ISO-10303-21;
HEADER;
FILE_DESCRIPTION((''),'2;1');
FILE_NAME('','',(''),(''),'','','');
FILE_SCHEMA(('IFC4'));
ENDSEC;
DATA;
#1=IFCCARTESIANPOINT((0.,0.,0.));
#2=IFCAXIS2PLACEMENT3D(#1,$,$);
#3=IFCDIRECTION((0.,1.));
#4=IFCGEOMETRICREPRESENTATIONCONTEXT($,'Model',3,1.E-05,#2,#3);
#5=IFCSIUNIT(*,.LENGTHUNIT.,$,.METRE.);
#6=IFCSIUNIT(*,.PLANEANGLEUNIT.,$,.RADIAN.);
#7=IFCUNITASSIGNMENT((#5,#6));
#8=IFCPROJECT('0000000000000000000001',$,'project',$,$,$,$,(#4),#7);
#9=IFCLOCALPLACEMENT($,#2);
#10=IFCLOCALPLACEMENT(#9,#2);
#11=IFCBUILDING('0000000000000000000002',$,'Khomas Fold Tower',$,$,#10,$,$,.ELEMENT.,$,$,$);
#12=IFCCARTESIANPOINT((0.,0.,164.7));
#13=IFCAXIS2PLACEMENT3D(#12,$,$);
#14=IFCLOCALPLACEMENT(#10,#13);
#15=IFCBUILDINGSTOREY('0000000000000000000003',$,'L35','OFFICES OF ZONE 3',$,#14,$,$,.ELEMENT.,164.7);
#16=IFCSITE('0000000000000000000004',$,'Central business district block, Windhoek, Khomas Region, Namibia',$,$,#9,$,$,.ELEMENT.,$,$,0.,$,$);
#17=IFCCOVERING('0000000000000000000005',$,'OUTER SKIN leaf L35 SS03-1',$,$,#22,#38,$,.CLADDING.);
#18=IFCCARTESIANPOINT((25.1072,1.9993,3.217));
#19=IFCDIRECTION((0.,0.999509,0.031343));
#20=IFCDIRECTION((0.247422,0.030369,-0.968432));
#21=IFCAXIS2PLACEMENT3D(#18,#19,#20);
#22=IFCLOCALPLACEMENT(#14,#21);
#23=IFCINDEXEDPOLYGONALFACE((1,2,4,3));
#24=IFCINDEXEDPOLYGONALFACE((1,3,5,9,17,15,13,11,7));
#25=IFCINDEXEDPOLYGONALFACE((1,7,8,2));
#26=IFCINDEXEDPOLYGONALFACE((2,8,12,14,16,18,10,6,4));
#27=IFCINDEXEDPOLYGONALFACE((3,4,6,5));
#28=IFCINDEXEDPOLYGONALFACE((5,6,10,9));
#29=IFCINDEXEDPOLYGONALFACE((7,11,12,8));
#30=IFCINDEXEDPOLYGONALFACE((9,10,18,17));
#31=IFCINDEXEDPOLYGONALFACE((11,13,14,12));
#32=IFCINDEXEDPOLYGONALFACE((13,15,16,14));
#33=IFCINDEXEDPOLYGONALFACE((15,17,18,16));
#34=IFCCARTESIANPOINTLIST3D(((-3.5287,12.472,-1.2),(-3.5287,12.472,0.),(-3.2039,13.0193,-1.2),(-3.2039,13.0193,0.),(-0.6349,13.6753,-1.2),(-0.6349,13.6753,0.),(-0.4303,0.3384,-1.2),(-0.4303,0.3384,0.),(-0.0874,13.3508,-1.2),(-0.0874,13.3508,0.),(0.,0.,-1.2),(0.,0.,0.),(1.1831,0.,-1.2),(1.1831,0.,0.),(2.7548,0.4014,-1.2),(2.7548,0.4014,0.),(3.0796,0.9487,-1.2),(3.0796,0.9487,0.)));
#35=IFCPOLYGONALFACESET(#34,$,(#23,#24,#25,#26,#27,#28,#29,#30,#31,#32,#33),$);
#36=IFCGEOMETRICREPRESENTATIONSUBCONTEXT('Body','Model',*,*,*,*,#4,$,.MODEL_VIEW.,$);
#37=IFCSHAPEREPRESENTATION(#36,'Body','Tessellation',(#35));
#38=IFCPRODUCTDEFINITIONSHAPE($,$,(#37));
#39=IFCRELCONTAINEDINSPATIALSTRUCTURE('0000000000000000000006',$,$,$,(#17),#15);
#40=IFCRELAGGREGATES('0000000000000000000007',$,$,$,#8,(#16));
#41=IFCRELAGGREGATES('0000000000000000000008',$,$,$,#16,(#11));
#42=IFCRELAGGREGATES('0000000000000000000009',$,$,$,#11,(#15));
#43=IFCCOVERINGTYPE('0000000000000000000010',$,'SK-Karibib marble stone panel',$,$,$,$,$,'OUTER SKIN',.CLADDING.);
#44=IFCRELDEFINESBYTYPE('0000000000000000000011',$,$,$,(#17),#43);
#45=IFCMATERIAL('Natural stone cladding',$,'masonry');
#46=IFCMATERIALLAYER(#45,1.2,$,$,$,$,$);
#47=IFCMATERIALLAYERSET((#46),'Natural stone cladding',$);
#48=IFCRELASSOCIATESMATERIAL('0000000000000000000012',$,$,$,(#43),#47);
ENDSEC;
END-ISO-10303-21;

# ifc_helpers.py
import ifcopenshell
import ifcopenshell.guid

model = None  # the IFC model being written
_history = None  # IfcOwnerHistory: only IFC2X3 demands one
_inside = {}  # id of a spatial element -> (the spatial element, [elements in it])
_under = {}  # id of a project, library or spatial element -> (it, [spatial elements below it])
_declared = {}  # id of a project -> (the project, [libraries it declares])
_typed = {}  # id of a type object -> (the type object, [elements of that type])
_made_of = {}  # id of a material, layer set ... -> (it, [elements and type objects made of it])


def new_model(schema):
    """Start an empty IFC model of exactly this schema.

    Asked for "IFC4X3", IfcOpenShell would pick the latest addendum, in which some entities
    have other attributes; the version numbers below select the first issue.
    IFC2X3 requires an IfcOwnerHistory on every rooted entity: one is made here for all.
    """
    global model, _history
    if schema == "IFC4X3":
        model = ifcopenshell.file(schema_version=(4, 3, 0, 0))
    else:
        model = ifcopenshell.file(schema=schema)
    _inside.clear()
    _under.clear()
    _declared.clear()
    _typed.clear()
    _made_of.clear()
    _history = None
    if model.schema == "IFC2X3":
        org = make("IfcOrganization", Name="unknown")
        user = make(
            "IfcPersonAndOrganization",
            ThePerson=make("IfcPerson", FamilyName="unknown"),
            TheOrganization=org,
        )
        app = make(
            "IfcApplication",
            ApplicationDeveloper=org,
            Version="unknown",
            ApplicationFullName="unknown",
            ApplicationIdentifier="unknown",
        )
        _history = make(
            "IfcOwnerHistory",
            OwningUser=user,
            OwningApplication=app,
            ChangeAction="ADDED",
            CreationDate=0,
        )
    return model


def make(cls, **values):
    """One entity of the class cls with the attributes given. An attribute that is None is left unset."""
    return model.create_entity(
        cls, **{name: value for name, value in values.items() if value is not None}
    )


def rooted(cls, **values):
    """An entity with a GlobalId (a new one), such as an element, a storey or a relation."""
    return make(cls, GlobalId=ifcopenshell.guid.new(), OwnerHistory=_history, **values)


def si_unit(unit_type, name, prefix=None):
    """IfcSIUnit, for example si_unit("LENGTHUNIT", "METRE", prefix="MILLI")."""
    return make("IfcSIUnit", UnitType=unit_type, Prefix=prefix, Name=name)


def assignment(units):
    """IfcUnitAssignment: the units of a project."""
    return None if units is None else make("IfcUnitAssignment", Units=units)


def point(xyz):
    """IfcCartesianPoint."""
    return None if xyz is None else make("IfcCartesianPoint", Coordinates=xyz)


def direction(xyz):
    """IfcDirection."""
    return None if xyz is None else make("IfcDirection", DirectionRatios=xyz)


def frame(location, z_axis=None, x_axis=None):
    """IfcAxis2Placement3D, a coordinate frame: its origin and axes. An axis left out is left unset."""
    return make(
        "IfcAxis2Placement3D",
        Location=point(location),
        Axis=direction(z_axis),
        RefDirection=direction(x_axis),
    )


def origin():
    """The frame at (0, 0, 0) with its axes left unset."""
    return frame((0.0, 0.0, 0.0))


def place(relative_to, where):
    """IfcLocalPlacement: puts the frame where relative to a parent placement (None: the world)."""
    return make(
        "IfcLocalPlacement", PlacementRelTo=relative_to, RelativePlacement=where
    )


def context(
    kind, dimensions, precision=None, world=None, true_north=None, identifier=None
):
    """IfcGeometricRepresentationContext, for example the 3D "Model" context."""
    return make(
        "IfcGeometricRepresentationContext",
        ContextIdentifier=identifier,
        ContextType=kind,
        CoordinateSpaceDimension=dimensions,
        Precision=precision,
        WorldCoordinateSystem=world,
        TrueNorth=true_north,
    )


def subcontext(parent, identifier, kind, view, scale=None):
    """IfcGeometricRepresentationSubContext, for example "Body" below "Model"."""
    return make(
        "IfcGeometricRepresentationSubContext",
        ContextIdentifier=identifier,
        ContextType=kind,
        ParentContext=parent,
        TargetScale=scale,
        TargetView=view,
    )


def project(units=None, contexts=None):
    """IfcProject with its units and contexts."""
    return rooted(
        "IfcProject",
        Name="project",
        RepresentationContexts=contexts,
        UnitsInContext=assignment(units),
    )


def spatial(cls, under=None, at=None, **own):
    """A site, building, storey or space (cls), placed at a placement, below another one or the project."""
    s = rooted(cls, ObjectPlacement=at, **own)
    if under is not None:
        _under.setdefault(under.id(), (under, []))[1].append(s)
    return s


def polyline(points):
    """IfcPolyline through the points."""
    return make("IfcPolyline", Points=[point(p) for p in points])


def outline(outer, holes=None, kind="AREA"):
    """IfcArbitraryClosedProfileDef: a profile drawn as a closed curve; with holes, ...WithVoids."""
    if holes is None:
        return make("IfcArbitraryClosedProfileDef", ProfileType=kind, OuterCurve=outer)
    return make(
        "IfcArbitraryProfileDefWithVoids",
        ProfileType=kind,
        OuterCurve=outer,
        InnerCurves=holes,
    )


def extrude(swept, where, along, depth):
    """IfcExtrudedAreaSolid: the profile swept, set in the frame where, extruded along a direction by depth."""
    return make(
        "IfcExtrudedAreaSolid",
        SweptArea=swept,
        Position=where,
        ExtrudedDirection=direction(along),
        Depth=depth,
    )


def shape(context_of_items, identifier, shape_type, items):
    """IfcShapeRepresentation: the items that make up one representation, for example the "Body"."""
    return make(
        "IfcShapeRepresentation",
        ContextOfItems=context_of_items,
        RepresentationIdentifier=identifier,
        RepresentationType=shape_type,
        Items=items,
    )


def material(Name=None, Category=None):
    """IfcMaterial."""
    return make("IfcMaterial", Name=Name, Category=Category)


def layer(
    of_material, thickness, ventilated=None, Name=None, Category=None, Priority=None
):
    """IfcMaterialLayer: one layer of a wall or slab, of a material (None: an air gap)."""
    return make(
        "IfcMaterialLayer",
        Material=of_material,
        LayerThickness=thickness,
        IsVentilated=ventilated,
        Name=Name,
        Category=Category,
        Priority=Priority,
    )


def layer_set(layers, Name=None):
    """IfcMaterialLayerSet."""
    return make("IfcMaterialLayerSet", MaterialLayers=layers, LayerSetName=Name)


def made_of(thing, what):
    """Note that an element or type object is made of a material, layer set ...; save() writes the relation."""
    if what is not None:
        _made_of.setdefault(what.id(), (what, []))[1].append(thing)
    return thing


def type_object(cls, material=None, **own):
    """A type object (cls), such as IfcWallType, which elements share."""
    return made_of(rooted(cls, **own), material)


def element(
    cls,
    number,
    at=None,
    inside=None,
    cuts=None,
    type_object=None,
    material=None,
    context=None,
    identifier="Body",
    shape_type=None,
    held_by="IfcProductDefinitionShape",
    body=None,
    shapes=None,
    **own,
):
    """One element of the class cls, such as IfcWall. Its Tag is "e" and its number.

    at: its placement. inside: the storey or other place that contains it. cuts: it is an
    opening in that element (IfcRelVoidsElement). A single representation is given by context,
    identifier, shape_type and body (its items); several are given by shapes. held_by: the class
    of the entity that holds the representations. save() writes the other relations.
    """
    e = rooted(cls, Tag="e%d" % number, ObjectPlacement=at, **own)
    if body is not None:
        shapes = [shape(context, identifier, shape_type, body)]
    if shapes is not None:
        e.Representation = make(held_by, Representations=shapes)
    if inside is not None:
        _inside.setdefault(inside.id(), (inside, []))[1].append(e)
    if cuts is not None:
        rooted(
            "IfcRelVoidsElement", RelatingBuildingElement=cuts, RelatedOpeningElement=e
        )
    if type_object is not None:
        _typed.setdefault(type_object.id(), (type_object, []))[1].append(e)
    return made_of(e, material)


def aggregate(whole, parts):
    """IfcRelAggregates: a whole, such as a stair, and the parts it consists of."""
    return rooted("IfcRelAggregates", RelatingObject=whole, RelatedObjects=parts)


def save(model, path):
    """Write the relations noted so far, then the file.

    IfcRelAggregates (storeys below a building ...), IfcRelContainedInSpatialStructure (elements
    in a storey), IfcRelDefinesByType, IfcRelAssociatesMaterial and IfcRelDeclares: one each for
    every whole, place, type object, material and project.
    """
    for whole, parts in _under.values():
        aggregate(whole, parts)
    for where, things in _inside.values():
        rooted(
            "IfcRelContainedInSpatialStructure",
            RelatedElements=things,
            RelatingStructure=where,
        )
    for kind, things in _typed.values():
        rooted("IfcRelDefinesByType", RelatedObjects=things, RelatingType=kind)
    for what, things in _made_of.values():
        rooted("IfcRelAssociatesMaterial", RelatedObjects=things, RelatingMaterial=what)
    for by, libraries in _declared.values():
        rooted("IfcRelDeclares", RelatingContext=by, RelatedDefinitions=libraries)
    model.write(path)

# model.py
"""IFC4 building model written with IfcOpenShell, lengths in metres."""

from ifc_helpers import new_model, si_unit, direction, frame, origin, place, context, subcontext, project, spatial, polyline, outline, extrude, material, layer, layer_set, type_object, element, save


model = new_model("IFC4")

# Units and contexts
model_context = context("Model", 3, precision=1e-05, world=origin(), true_north=direction((0.0, 1.0)))
body_context = subcontext(model_context, "Body", "Model", "MODEL_VIEW")
ifc_project = project(units=[si_unit("LENGTHUNIT", "METRE"), si_unit("PLANEANGLEUNIT", "RADIAN")], contexts=[model_context])

# Site, building, storey
site_placement = place(None, origin())
site = spatial("IfcSite", under=ifc_project, at=site_placement, Name="Central business district block, Windhoek, Khomas Region, Namibia", CompositionType="ELEMENT", RefElevation=0.0)
building_placement = place(site_placement, origin())
building = spatial("IfcBuilding", under=site, at=building_placement, Name="Khomas Fold Tower", CompositionType="ELEMENT")
storey_placement = place(building_placement, frame((0.0, 0.0, 164.7)))
storey = spatial("IfcBuildingStorey", under=building, at=storey_placement, Name="L35", Description="OFFICES OF ZONE 3", CompositionType="ELEMENT", Elevation=164.7)

# Covering
ifc_material_1 = material(Name="Natural stone cladding", Category="masonry")
ifc_layer_1 = layer(ifc_material_1, 1.2)
ifc_layer_set_1 = layer_set([ifc_layer_1], Name="Natural stone cladding")
covering_type = type_object("IfcCoveringType", Name="SK-Karibib marble stone panel", ElementType="OUTER SKIN", PredefinedType="CLADDING", material=ifc_layer_set_1)
covering_placement = place(storey_placement, frame((25.1072, 1.9993, 3.217), z_axis=(0.0, 0.999509, 0.031343), x_axis=(0.247422, 0.030369, -0.968432)))
element("IfcCovering", 1, at=covering_placement, inside=storey, type_object=covering_type, Name="OUTER SKIN leaf L35 SS03-1", PredefinedType="CLADDING", context=body_context, shape_type="SweptSolid", body=[
    extrude(outline(polyline([(0.0, 0.0), (1.1831, 0.0), (2.7548, 0.4014), (3.0796, 0.9487), (-0.0874, 13.3508), (-0.6349, 13.6753), (-3.2039, 13.0193), (-3.5287, 12.472), (-0.4303, 0.3384), (0.0, 0.0)])), origin(), (0.0, 0.0, -1.0), 1.2),
])

save(model, "model.ifc")
